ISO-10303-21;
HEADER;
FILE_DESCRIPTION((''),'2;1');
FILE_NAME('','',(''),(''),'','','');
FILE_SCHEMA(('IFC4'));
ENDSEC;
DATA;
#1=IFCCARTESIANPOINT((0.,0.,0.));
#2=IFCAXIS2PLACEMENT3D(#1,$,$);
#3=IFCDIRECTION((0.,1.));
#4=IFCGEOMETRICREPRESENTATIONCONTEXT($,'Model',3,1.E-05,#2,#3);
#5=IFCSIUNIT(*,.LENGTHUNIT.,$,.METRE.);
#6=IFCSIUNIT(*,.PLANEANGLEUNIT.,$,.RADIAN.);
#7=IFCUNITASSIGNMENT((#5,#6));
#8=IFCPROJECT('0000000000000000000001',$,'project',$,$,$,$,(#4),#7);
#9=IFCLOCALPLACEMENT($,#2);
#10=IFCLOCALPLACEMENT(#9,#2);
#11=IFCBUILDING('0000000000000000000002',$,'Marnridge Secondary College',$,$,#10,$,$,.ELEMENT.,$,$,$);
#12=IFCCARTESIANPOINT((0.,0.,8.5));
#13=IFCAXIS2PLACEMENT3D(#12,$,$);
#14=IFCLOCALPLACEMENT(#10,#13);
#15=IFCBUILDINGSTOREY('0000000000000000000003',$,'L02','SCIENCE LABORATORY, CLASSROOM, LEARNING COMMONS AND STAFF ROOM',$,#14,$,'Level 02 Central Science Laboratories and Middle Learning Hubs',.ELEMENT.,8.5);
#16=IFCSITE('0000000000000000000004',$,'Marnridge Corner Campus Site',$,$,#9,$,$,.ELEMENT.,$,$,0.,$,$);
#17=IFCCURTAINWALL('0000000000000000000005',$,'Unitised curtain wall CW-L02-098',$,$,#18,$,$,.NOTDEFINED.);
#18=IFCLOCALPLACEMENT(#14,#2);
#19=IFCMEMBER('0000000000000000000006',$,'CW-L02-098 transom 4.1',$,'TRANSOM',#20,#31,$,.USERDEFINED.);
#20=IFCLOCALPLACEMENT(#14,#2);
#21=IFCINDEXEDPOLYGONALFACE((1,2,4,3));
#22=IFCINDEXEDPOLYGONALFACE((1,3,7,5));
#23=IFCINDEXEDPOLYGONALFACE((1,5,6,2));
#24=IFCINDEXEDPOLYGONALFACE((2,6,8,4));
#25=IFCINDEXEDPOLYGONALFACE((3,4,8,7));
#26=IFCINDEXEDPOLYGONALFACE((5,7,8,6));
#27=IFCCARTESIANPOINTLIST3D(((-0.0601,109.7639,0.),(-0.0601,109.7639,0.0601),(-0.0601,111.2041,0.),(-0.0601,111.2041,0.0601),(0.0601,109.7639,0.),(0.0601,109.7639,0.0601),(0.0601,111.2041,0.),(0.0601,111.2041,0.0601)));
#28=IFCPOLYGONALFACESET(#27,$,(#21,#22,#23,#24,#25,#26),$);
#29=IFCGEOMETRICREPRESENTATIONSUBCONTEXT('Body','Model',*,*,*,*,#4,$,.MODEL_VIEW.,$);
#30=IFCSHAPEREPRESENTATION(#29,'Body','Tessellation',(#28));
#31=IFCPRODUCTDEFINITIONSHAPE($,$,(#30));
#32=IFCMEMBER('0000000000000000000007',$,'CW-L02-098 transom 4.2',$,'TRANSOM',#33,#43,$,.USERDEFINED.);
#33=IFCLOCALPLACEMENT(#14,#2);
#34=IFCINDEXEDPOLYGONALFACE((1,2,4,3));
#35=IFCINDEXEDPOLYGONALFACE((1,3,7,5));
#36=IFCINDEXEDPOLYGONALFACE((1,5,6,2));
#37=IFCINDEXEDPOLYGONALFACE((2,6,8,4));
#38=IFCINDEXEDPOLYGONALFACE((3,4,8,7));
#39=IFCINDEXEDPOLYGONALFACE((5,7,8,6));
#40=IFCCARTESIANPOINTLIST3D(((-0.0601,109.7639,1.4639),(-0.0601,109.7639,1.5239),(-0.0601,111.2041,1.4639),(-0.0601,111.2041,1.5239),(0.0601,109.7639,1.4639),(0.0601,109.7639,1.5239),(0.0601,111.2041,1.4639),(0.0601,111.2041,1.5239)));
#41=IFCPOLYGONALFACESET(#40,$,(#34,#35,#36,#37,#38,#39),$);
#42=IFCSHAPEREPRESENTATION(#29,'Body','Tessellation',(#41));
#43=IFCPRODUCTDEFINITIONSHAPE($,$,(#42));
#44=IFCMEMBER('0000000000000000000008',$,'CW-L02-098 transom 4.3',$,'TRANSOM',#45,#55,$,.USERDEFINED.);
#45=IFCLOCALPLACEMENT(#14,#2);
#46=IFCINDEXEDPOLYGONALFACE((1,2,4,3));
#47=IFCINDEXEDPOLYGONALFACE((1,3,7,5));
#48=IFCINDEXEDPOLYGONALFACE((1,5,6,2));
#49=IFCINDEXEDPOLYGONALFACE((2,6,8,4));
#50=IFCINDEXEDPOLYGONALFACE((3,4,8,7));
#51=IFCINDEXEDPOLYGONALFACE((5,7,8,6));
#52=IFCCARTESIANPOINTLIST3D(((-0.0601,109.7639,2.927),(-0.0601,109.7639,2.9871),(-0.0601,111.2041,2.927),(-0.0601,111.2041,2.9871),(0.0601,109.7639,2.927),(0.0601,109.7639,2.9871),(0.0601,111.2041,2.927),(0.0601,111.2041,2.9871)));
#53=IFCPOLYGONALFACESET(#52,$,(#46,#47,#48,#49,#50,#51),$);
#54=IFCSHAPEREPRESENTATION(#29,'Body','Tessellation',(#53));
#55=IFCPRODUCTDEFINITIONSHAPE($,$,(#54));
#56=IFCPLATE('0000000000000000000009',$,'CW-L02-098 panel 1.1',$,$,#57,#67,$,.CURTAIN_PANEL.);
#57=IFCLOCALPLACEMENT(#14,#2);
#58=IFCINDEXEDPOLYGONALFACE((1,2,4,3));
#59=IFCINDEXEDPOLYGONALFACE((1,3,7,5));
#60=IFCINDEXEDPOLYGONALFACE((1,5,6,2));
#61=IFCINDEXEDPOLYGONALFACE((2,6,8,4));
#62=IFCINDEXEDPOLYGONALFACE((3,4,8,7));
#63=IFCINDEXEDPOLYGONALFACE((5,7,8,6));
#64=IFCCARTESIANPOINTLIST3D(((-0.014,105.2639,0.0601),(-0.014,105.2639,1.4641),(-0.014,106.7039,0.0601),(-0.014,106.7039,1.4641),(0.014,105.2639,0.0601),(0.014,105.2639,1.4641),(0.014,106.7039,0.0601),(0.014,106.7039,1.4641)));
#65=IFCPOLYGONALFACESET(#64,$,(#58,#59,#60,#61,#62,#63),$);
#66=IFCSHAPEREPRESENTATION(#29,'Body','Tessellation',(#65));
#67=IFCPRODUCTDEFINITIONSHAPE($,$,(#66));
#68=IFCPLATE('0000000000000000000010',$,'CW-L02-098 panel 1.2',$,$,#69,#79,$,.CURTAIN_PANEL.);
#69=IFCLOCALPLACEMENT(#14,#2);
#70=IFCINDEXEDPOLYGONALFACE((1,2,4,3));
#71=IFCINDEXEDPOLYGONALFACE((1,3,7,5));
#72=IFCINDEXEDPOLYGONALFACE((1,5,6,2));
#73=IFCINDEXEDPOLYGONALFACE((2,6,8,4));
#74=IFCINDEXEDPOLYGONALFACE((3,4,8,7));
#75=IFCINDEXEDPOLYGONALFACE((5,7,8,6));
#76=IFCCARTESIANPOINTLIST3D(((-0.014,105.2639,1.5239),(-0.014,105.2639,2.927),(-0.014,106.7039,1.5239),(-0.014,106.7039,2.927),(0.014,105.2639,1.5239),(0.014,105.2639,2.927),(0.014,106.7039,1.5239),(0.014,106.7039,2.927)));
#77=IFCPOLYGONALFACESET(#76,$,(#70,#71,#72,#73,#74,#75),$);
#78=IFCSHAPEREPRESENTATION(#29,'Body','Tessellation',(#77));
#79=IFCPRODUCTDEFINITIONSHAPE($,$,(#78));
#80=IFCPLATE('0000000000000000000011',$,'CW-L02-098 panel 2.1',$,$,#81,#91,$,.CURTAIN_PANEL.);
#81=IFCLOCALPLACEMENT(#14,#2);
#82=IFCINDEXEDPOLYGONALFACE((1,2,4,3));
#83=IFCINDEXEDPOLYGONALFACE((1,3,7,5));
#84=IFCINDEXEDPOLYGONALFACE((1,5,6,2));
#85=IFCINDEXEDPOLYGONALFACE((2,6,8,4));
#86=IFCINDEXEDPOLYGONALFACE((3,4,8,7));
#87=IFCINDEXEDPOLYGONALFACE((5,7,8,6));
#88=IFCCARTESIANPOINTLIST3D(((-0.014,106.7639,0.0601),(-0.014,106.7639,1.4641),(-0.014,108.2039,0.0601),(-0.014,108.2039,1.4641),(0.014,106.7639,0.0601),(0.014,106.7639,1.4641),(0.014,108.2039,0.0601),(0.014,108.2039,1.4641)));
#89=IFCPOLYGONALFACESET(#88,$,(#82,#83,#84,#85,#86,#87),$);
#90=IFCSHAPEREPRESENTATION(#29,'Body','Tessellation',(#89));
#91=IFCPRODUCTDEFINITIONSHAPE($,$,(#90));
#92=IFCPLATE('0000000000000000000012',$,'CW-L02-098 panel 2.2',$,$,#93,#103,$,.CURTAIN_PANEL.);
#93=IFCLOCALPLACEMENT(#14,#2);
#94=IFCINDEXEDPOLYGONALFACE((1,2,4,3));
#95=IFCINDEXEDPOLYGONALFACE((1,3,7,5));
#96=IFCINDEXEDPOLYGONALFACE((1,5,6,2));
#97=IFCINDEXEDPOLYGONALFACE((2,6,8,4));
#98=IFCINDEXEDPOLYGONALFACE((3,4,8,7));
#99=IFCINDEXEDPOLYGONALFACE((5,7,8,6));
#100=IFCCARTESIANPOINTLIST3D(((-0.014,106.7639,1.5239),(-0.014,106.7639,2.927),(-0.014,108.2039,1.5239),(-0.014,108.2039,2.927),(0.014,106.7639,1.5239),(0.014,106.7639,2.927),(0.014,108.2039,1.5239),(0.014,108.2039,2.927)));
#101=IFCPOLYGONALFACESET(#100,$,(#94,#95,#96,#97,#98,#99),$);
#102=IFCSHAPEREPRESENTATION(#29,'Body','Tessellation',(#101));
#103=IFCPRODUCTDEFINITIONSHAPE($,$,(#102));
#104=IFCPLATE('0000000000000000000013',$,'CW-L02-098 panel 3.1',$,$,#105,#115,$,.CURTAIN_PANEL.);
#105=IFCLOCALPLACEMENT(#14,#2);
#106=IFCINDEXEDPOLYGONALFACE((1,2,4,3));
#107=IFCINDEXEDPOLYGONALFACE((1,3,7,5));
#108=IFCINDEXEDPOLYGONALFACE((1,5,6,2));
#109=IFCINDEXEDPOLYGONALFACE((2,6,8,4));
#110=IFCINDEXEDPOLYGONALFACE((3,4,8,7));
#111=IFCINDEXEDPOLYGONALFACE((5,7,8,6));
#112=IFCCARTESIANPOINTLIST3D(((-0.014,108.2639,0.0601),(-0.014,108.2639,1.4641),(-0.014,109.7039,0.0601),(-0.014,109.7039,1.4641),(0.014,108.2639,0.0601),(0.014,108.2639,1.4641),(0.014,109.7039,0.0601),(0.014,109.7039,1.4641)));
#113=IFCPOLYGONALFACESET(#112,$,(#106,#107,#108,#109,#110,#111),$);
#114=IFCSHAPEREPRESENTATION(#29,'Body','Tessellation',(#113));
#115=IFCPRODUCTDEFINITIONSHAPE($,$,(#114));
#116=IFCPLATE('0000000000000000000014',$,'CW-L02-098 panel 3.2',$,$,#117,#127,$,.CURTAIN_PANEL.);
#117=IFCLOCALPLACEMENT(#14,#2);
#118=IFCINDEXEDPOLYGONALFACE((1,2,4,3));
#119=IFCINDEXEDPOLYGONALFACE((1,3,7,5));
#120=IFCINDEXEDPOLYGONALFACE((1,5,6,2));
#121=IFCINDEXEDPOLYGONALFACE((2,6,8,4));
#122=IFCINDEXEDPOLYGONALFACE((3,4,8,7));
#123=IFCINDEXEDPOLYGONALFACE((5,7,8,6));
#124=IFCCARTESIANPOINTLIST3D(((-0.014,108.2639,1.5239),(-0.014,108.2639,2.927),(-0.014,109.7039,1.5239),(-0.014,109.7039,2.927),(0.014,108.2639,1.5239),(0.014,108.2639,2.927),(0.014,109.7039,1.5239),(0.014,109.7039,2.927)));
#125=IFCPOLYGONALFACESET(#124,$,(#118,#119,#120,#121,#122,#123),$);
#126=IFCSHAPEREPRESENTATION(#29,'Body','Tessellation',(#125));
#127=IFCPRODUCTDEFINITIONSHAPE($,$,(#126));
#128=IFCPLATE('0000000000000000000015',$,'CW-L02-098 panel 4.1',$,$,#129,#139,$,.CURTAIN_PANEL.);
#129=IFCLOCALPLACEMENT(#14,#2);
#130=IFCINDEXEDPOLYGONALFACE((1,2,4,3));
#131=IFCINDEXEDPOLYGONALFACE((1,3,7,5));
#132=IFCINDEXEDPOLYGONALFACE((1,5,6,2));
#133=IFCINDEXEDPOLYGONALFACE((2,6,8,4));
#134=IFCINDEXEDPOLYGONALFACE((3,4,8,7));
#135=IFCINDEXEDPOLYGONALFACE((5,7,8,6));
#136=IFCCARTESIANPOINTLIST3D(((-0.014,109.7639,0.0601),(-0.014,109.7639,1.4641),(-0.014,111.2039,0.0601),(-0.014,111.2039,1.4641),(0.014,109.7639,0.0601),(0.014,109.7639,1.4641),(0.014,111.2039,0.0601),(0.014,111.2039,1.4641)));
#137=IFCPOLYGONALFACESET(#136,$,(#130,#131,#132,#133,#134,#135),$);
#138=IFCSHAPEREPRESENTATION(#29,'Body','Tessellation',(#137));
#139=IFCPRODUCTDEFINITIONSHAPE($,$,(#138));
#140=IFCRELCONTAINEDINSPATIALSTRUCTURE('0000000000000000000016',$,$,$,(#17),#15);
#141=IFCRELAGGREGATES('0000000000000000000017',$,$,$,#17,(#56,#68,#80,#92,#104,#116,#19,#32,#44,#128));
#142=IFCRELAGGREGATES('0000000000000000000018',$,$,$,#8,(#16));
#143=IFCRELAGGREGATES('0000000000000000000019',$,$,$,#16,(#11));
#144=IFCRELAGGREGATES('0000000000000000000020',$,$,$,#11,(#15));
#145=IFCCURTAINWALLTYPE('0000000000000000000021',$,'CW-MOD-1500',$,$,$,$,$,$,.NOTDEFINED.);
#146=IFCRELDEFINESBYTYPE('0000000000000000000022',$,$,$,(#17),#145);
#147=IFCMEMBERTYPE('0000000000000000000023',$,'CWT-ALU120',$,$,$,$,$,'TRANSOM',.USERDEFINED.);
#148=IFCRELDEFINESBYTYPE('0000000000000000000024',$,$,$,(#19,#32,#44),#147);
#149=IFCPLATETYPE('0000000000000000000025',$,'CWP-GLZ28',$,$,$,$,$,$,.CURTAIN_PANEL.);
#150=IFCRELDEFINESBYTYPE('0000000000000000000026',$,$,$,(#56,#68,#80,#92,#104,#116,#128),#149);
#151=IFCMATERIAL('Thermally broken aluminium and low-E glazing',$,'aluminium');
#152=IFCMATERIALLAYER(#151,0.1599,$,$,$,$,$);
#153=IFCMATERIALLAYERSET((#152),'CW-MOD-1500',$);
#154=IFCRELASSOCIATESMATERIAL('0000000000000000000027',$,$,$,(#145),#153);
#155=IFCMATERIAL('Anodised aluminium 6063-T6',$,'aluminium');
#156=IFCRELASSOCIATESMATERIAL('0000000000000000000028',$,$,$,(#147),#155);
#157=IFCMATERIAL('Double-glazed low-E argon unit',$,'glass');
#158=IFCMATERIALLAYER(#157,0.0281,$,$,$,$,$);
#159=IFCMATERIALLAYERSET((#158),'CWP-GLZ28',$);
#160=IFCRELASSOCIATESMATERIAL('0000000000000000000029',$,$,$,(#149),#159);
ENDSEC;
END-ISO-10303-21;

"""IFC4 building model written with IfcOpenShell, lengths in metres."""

from ifc_helpers import new_model, si_unit, direction, frame, origin, origin_2d, place, context, subcontext, project, spatial, rectangle, extrude, material, layer, layer_set, material_profile, profile_set, type_object, element, aggregate, save


model = new_model("IFC4")

# Units and contexts
model_context = context("Model", 3, precision=1e-05, world=origin(), true_north=direction((0.0, 1.0)))
body_context = subcontext(model_context, "Body", "Model", "MODEL_VIEW")
ifc_project = project(units=[si_unit("LENGTHUNIT", "METRE"), si_unit("PLANEANGLEUNIT", "RADIAN")], contexts=[model_context])

# Site, building, storey
site_placement = place(None, origin())
site = spatial("IfcSite", under=ifc_project, at=site_placement, Name="Marnridge Corner Campus Site", CompositionType="ELEMENT", RefElevation=0.0)
building_placement = place(site_placement, origin())
building = spatial("IfcBuilding", under=site, at=building_placement, Name="Marnridge Secondary College", CompositionType="ELEMENT")
storey_placement = place(building_placement, frame((0.0, 0.0, 8.5)))
storey = spatial("IfcBuildingStorey", under=building, at=storey_placement, Name="L02", Description="SCIENCE LABORATORY, CLASSROOM, LEARNING COMMONS AND STAFF ROOM", LongName="Level 02 Central Science Laboratories and Middle Learning Hubs", CompositionType="ELEMENT", Elevation=8.5)

# Curtain wall, members, plates
ifc_material_1 = material(Name="Thermally broken aluminium and low-E glazing", Category="aluminium")
ifc_layer_1 = layer(ifc_material_1, 0.1599)
ifc_layer_set_1 = layer_set([ifc_layer_1], Name="CW-MOD-1500")
curtain_wall_type = type_object("IfcCurtainWallType", Name="CW-MOD-1500", PredefinedType="NOTDEFINED", material=ifc_layer_set_1)
curtain_wall_placement = place(storey_placement, origin())
curtain_wall = element("IfcCurtainWall", 1, at=curtain_wall_placement, inside=storey, type_object=curtain_wall_type, Name="Unitised curtain wall CW-L02-098", PredefinedType="NOTDEFINED")
ifc_material_2 = material(Name="Anodised aluminium 6063-T6", Category="aluminium")
ifc_material_profile_1 = material_profile(ifc_material_2, rectangle(XDim=0.0601, YDim=0.1201, at=origin_2d()), Name="ALU 60x120")
ifc_profile_set_1 = profile_set([ifc_material_profile_1], Name="Anodised aluminium 6063-T6")
member_type_1 = type_object("IfcMemberType", Name="CWT-ALU120", ElementType="TRANSOM", PredefinedType="USERDEFINED", material=ifc_profile_set_1)
member_1_placement = place(storey_placement, frame((0.0, 109.7639, 0.03), z_axis=(0.0, 1.0, 0.0), x_axis=(0.0, 0.0, 1.0)))
member_1 = element("IfcMember", 2, at=member_1_placement, type_object=member_type_1, Name="CW-L02-098 transom 4.1", ObjectType="TRANSOM", PredefinedType="USERDEFINED", context=body_context, shape_type="SweptSolid", body=[
    extrude(rectangle(XDim=0.0601, YDim=0.1201, at=origin_2d()), origin(), (0.0, 0.0, 1.0), 1.4402),
])
member_2_placement = place(storey_placement, frame((0.0, 109.7639, 1.4939), z_axis=(0.0, 1.0, 0.0), x_axis=(0.0, 0.0, 1.0)))
member_2 = element("IfcMember", 3, at=member_2_placement, type_object=member_type_1, Name="CW-L02-098 transom 4.2", ObjectType="TRANSOM", PredefinedType="USERDEFINED", context=body_context, shape_type="SweptSolid", body=[
    extrude(rectangle(XDim=0.0601, YDim=0.1201, at=origin_2d()), origin(), (0.0, 0.0, 1.0), 1.4402),
])
member_3_placement = place(storey_placement, frame((0.0, 109.7639, 2.957), z_axis=(0.0, 1.0, 0.0), x_axis=(0.0, 0.0, 1.0)))
member_3 = element("IfcMember", 4, at=member_3_placement, type_object=member_type_1, Name="CW-L02-098 transom 4.3", ObjectType="TRANSOM", PredefinedType="USERDEFINED", context=body_context, shape_type="SweptSolid", body=[
    extrude(rectangle(XDim=0.0601, YDim=0.1201, at=origin_2d()), origin(), (0.0, 0.0, 1.0), 1.4402),
])
ifc_material_3 = material(Name="Double-glazed low-E argon unit", Category="glass")
ifc_layer_2 = layer(ifc_material_3, 0.0281)
ifc_layer_set_2 = layer_set([ifc_layer_2], Name="CWP-GLZ28")
plate_type = type_object("IfcPlateType", Name="CWP-GLZ28", PredefinedType="CURTAIN_PANEL", material=ifc_layer_set_2)
plate_1_placement = place(storey_placement, frame((0.0, 105.9839, 0.0601), z_axis=(0.0, 0.0, 1.0), x_axis=(0.0, 1.0, 0.0)))
plate_1 = element("IfcPlate", 5, at=plate_1_placement, type_object=plate_type, Name="CW-L02-098 panel 1.1", PredefinedType="CURTAIN_PANEL", context=body_context, shape_type="SweptSolid", body=[
    extrude(rectangle(XDim=1.4399, YDim=0.0281, at=origin_2d()), origin(), (0.0, 0.0, 1.0), 1.4041),
])
plate_2_placement = place(storey_placement, frame((0.0, 105.9839, 1.5239), z_axis=(0.0, 0.0, 1.0), x_axis=(0.0, 1.0, 0.0)))
plate_2 = element("IfcPlate", 6, at=plate_2_placement, type_object=plate_type, Name="CW-L02-098 panel 1.2", PredefinedType="CURTAIN_PANEL", context=body_context, shape_type="SweptSolid", body=[
    extrude(rectangle(XDim=1.4399, YDim=0.0281, at=origin_2d()), origin(), (0.0, 0.0, 1.0), 1.4031),
])
plate_3_placement = place(storey_placement, frame((0.0, 107.4839, 0.0601), z_axis=(0.0, 0.0, 1.0), x_axis=(0.0, 1.0, 0.0)))
plate_3 = element("IfcPlate", 7, at=plate_3_placement, type_object=plate_type, Name="CW-L02-098 panel 2.1", PredefinedType="CURTAIN_PANEL", context=body_context, shape_type="SweptSolid", body=[
    extrude(rectangle(XDim=1.4399, YDim=0.0281, at=origin_2d()), origin(), (0.0, 0.0, 1.0), 1.4041),
])
plate_4_placement = place(storey_placement, frame((0.0, 107.4839, 1.5239), z_axis=(0.0, 0.0, 1.0), x_axis=(0.0, 1.0, 0.0)))
plate_4 = element("IfcPlate", 8, at=plate_4_placement, type_object=plate_type, Name="CW-L02-098 panel 2.2", PredefinedType="CURTAIN_PANEL", context=body_context, shape_type="SweptSolid", body=[
    extrude(rectangle(XDim=1.4399, YDim=0.0281, at=origin_2d()), origin(), (0.0, 0.0, 1.0), 1.4031),
])
plate_5_placement = place(storey_placement, frame((0.0, 108.9839, 0.0601), z_axis=(0.0, 0.0, 1.0), x_axis=(0.0, 1.0, 0.0)))
plate_5 = element("IfcPlate", 9, at=plate_5_placement, type_object=plate_type, Name="CW-L02-098 panel 3.1", PredefinedType="CURTAIN_PANEL", context=body_context, shape_type="SweptSolid", body=[
    extrude(rectangle(XDim=1.4399, YDim=0.0281, at=origin_2d()), origin(), (0.0, 0.0, 1.0), 1.4041),
])
plate_6_placement = place(storey_placement, frame((0.0, 108.9839, 1.5239), z_axis=(0.0, 0.0, 1.0), x_axis=(0.0, 1.0, 0.0)))
plate_6 = element("IfcPlate", 10, at=plate_6_placement, type_object=plate_type, Name="CW-L02-098 panel 3.2", PredefinedType="CURTAIN_PANEL", context=body_context, shape_type="SweptSolid", body=[
    extrude(rectangle(XDim=1.4399, YDim=0.0281, at=origin_2d()), origin(), (0.0, 0.0, 1.0), 1.4031),
])
plate_7_placement = place(storey_placement, frame((0.0, 110.4839, 0.0601), z_axis=(0.0, 0.0, 1.0), x_axis=(0.0, 1.0, 0.0)))
plate_7 = element("IfcPlate", 11, at=plate_7_placement, type_object=plate_type, Name="CW-L02-098 panel 4.1", PredefinedType="CURTAIN_PANEL", context=body_context, shape_type="SweptSolid", body=[
    extrude(rectangle(XDim=1.4399, YDim=0.0281, at=origin_2d()), origin(), (0.0, 0.0, 1.0), 1.4041),
])
aggregate(curtain_wall, [plate_1, plate_2, plate_3, plate_4, plate_5, plate_6, member_1, member_2, member_3, plate_7])

save(model, "model.ifc")
